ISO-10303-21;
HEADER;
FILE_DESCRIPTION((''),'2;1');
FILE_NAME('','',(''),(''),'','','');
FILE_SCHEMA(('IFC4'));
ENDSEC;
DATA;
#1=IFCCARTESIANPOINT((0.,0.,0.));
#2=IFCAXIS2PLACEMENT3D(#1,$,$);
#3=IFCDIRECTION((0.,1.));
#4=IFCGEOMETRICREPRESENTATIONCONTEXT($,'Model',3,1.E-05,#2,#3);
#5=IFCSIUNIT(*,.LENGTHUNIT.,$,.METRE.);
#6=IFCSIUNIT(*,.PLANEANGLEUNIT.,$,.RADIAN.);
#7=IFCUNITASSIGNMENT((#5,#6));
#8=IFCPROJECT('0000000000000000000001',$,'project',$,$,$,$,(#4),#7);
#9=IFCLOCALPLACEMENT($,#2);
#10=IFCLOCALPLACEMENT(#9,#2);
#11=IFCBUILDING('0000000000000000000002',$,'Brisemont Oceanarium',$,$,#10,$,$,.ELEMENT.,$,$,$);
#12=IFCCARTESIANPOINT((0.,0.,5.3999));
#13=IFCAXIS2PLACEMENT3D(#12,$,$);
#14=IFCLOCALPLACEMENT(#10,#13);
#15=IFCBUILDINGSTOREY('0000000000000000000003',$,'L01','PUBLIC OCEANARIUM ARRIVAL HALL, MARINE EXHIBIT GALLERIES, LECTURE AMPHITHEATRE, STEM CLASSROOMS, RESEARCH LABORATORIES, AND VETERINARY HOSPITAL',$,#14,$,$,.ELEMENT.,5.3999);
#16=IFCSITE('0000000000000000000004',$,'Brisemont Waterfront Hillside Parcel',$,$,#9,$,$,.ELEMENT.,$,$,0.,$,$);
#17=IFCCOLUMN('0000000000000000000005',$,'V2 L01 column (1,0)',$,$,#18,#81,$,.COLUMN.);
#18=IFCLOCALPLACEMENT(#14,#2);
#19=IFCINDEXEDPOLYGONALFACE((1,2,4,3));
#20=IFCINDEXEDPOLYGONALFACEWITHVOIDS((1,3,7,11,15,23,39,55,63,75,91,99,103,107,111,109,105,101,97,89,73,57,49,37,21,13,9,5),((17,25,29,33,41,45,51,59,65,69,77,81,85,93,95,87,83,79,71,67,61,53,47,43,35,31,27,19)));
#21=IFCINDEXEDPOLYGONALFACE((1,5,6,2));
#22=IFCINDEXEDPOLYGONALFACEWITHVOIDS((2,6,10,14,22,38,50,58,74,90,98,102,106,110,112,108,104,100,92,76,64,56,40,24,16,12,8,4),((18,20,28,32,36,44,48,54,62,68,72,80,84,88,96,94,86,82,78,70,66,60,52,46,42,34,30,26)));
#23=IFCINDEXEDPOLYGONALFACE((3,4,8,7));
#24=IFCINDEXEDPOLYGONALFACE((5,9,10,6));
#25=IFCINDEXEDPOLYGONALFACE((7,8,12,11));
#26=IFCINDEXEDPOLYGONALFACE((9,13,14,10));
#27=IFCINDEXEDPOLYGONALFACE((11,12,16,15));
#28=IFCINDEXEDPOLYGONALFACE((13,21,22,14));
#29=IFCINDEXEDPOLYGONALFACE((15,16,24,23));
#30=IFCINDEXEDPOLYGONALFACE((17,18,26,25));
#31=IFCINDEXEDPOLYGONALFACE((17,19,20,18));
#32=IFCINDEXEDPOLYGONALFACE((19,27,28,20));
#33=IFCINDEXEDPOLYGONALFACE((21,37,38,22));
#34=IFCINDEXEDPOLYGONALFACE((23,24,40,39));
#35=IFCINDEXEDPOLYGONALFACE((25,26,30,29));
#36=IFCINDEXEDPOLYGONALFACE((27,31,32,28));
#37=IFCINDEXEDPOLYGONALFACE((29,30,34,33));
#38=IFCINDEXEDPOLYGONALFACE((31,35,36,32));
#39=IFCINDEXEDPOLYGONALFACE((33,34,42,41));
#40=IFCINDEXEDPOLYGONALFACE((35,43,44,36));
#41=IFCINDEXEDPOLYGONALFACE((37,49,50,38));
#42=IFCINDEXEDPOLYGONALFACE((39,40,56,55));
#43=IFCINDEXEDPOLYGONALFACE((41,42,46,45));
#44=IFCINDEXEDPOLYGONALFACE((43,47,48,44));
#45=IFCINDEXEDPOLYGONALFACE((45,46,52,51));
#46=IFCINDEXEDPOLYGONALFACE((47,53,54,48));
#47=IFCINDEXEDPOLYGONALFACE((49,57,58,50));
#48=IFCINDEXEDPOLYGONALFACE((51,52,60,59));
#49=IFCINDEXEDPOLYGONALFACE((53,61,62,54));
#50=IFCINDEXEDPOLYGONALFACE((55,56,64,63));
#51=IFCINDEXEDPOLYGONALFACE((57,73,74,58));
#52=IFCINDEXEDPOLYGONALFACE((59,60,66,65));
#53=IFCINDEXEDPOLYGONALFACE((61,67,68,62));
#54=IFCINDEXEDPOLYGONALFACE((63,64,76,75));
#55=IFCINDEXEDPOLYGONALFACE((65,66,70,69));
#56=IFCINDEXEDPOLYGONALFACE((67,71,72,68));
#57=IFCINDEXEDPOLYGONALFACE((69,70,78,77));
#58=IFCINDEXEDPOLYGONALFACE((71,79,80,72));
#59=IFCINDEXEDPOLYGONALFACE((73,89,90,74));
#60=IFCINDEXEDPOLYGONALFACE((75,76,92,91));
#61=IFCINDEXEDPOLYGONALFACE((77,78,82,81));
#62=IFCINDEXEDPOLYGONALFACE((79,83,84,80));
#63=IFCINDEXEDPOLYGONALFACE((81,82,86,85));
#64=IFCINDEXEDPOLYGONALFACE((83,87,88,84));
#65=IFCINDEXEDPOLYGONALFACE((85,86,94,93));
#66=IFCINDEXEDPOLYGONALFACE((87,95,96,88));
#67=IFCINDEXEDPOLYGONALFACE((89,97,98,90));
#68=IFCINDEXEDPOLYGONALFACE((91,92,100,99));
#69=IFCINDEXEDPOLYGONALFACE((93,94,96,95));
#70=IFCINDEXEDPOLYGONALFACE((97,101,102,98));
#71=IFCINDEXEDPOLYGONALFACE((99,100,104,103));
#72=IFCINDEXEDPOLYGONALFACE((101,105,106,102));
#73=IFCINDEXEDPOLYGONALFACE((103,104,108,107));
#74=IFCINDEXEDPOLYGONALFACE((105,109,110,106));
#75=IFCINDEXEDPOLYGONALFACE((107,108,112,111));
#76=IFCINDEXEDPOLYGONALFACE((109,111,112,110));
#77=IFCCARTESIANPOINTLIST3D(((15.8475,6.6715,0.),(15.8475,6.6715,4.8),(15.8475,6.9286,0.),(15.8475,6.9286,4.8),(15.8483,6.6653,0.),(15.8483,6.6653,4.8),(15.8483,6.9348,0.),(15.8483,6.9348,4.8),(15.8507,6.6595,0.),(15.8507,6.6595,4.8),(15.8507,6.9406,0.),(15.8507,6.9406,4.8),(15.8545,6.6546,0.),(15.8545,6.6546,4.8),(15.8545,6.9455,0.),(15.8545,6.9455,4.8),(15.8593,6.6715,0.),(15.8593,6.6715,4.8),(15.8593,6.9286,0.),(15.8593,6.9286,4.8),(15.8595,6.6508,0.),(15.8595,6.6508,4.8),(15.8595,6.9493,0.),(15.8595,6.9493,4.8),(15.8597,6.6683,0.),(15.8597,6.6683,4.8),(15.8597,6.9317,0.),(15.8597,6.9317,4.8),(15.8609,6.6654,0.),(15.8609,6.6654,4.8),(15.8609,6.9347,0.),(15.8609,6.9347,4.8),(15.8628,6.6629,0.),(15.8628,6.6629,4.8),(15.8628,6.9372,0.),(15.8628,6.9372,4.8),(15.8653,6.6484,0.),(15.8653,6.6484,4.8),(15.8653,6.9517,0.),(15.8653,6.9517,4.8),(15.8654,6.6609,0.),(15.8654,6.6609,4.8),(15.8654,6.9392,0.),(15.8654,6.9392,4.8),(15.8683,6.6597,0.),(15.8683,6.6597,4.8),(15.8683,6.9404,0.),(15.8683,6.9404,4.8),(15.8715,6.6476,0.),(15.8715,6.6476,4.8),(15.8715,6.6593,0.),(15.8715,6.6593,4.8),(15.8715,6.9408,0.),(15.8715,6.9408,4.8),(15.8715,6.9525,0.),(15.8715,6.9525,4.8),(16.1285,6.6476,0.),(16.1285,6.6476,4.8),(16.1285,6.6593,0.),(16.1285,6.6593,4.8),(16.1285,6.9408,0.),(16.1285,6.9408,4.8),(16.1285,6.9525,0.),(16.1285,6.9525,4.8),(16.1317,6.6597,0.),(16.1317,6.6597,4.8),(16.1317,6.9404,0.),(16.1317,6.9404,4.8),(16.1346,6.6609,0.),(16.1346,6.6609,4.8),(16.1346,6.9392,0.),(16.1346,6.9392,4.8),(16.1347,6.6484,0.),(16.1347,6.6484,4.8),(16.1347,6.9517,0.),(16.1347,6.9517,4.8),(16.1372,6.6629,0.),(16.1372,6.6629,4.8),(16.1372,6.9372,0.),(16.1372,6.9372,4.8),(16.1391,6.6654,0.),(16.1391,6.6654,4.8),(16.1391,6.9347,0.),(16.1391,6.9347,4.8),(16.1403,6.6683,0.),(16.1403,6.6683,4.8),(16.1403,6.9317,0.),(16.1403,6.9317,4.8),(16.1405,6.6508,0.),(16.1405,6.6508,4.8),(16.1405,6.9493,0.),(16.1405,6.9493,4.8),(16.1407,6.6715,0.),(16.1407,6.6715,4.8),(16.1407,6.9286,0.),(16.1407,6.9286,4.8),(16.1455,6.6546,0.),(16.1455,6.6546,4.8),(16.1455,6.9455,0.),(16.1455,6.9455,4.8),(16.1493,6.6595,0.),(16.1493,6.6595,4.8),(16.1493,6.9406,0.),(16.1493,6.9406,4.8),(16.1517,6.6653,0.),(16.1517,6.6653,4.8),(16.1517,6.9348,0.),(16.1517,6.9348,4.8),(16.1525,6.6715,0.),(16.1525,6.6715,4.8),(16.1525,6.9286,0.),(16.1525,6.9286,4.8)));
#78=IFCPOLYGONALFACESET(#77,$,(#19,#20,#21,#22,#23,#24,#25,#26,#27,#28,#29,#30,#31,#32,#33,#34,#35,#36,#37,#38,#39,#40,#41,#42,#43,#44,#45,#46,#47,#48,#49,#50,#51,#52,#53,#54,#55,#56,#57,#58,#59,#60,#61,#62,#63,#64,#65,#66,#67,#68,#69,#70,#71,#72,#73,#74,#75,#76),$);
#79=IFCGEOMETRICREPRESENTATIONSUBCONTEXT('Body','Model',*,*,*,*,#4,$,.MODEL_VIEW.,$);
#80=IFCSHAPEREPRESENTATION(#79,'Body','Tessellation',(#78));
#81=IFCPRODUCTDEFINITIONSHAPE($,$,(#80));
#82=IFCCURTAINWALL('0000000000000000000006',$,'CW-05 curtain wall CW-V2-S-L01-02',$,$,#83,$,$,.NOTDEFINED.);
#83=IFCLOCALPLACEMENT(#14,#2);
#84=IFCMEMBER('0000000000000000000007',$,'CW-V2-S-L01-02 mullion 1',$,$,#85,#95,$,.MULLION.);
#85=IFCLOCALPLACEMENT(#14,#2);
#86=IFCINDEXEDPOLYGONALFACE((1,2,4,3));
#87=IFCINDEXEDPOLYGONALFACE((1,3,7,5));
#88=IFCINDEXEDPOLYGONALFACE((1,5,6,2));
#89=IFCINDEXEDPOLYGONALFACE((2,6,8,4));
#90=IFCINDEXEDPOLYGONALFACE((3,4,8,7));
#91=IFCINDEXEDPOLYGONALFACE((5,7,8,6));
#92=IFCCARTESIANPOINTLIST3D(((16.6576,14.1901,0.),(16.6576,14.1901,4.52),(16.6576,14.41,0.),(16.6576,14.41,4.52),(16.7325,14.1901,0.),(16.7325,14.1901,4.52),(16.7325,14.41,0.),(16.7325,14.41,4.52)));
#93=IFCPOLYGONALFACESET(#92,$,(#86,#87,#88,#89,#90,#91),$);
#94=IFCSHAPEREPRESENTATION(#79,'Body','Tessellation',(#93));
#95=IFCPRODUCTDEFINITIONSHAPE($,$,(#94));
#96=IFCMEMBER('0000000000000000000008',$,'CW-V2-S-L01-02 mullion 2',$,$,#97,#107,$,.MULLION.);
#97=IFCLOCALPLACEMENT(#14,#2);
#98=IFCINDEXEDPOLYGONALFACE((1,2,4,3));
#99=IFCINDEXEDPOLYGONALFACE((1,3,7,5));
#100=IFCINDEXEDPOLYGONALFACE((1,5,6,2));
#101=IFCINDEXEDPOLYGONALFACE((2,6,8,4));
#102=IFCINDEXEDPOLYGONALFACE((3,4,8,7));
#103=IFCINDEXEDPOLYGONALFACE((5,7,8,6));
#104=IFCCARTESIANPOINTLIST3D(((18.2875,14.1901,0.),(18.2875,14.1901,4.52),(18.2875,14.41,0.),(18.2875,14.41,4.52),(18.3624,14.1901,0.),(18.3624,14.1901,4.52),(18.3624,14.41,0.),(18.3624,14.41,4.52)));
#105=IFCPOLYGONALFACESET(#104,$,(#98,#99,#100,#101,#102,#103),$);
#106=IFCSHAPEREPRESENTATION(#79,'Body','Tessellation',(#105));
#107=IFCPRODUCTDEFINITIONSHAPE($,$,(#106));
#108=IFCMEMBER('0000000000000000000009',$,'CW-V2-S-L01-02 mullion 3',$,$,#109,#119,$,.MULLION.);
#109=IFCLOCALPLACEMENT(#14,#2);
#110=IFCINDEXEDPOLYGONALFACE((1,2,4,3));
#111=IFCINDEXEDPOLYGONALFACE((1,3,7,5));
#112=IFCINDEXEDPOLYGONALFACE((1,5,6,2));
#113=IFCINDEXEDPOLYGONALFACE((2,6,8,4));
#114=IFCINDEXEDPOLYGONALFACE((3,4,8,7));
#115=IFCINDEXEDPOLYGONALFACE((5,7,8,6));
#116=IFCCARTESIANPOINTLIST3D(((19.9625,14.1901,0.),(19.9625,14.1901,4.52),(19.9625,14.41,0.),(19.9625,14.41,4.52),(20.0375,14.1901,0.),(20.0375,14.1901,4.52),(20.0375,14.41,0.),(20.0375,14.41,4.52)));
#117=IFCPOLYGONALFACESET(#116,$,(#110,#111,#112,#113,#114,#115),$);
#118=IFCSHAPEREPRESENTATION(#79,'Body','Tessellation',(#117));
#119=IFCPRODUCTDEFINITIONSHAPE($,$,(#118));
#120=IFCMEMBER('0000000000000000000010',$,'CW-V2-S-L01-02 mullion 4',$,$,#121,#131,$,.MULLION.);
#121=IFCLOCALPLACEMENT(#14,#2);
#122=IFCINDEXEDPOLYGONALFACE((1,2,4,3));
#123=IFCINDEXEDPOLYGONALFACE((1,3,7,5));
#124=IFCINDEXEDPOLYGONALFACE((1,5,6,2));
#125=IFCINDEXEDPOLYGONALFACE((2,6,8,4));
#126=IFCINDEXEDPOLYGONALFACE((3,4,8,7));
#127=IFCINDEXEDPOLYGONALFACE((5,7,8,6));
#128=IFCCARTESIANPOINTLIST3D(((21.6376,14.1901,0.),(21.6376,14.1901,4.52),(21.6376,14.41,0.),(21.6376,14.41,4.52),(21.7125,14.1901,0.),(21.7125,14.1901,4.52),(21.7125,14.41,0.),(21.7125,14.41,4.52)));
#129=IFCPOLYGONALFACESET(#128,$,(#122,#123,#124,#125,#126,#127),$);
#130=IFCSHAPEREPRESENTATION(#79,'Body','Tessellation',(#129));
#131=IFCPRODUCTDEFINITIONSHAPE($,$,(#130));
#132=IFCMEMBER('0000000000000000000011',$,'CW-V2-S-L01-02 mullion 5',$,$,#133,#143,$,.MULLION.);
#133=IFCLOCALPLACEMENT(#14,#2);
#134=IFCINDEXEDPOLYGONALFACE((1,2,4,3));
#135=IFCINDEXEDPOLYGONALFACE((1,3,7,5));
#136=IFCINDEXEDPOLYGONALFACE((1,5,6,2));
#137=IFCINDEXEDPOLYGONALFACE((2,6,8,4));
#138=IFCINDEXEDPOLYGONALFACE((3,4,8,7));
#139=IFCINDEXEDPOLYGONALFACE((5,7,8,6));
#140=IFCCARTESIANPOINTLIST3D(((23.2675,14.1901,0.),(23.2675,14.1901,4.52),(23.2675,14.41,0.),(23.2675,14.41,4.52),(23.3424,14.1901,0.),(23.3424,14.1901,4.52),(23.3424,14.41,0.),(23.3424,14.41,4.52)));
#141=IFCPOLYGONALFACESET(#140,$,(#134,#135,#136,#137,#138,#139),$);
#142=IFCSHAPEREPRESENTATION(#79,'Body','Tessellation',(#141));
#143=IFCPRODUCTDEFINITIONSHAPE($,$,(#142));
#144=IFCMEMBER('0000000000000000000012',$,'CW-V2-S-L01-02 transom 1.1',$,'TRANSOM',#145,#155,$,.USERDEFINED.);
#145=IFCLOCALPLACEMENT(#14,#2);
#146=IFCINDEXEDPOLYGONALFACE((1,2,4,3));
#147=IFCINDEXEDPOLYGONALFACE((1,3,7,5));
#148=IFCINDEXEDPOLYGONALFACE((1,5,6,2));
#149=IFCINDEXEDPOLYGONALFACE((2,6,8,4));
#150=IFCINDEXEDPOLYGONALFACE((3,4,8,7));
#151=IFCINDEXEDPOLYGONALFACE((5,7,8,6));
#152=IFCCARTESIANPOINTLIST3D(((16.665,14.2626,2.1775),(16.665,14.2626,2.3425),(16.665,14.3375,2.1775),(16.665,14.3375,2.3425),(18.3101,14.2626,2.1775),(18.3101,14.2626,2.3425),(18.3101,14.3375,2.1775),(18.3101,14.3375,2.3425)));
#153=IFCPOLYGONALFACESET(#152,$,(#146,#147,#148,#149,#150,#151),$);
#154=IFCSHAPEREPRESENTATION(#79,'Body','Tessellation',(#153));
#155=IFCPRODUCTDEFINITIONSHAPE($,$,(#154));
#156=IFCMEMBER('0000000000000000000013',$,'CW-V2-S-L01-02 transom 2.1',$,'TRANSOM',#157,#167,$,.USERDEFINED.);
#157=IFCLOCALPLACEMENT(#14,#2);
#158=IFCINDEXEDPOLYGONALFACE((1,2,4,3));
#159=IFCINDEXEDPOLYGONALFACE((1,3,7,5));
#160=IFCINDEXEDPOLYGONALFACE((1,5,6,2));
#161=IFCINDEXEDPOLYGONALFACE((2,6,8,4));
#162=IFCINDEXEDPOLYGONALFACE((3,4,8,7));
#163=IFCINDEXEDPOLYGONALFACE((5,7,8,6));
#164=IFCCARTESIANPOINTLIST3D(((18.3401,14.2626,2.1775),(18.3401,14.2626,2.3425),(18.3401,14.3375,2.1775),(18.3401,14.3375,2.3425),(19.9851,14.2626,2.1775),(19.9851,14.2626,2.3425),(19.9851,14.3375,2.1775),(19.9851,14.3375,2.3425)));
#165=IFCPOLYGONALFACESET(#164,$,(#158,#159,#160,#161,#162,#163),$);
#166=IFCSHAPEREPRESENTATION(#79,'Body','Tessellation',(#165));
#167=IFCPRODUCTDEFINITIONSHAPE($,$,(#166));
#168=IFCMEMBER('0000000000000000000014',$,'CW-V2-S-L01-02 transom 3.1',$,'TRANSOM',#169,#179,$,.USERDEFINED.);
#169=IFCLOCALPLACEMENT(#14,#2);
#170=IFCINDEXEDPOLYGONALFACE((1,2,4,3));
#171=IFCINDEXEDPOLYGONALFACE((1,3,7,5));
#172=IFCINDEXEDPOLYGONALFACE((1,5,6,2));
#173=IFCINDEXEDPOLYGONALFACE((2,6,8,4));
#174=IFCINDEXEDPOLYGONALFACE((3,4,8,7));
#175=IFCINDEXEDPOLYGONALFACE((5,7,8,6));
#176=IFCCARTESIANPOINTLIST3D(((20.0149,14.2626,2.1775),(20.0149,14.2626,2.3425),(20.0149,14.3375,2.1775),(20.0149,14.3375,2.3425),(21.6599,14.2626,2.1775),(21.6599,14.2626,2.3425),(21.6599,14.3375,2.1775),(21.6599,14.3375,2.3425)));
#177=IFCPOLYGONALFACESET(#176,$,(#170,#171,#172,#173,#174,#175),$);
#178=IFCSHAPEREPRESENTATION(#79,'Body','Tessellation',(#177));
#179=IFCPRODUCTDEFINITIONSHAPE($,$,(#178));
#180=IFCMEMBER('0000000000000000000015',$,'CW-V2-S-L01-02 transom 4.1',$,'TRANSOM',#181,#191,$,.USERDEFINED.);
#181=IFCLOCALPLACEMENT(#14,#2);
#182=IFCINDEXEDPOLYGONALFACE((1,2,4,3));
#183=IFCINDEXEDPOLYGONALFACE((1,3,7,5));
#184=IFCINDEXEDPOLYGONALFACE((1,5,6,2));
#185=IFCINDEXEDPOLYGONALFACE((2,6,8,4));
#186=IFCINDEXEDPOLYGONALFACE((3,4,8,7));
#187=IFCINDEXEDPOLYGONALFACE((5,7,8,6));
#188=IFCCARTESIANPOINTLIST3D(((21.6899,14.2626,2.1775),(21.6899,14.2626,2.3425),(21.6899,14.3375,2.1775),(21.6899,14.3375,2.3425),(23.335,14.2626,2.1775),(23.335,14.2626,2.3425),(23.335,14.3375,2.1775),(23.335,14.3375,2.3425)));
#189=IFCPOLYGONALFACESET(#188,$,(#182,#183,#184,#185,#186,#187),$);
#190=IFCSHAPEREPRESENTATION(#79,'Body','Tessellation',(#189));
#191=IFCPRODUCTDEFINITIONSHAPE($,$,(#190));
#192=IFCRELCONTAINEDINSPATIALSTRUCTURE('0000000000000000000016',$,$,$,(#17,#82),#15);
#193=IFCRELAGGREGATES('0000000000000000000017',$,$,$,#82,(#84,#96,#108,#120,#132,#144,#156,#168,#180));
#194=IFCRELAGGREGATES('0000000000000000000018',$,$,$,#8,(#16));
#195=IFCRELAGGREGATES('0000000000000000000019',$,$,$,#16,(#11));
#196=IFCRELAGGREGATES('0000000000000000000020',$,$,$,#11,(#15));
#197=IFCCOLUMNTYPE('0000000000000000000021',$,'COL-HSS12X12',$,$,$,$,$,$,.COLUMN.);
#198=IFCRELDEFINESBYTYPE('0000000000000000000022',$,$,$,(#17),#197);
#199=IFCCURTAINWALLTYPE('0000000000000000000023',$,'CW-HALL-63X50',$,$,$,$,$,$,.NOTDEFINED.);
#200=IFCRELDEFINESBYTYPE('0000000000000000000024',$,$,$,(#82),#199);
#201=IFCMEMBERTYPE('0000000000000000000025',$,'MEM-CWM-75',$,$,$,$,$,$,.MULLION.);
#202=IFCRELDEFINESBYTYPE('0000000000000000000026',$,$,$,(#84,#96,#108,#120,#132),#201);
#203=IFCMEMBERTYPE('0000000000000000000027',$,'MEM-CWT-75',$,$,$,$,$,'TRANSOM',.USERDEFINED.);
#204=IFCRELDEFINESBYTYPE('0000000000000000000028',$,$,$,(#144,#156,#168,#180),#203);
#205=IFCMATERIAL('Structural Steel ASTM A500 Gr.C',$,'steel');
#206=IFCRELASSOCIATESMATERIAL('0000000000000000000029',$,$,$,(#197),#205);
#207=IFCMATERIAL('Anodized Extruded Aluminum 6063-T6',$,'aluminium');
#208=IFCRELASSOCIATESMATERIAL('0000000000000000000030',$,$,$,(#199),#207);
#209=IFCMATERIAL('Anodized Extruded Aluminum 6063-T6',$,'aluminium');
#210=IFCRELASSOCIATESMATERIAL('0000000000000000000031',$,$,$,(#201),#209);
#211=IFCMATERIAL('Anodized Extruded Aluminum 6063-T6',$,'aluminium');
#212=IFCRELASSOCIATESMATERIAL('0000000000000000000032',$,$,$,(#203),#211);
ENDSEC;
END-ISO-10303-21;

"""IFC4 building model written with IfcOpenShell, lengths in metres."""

from ifc_helpers import new_model, si_unit, direction, frame, origin, origin_2d, place, context, subcontext, project, spatial, rectangle, hollow_rectangle, extrude, material, material_profile, profile_set, type_object, element, aggregate, save


model = new_model("IFC4")

# Units and contexts
model_context = context("Model", 3, precision=1e-05, world=origin(), true_north=direction((0.0, 1.0)))
body_context = subcontext(model_context, "Body", "Model", "MODEL_VIEW")
ifc_project = project(units=[si_unit("LENGTHUNIT", "METRE"), si_unit("PLANEANGLEUNIT", "RADIAN")], contexts=[model_context])

# Site, building, storey
site_placement = place(None, origin())
site = spatial("IfcSite", under=ifc_project, at=site_placement, Name="Brisemont Waterfront Hillside Parcel", CompositionType="ELEMENT", RefElevation=0.0)
building_placement = place(site_placement, origin())
building = spatial("IfcBuilding", under=site, at=building_placement, Name="Brisemont Oceanarium", CompositionType="ELEMENT")
storey_placement = place(building_placement, frame((0.0, 0.0, 5.3999)))
storey = spatial("IfcBuildingStorey", under=building, at=storey_placement, Name="L01", Description="PUBLIC OCEANARIUM ARRIVAL HALL, MARINE EXHIBIT GALLERIES, LECTURE AMPHITHEATRE, STEM CLASSROOMS, RESEARCH LABORATORIES, AND VETERINARY HOSPITAL", CompositionType="ELEMENT", Elevation=5.3999)

# Column
ifc_material_1 = material(Name="Structural Steel ASTM A500 Gr.C", Category="steel")
ifc_material_profile_1 = material_profile(ifc_material_1, hollow_rectangle(XDim=0.3049, YDim=0.3049, WallThickness=0.0117, InnerFilletRadius=0.0122, OuterFilletRadius=0.0239, at=origin_2d()), Name="HSS12X12X1/2")
ifc_profile_set_1 = profile_set([ifc_material_profile_1], Name="Structural Steel ASTM A500 Gr.C")
column_type = type_object("IfcColumnType", Name="COL-HSS12X12", PredefinedType="COLUMN", material=ifc_profile_set_1)
column_placement = place(storey_placement, frame((16.0, 6.8, 0.0), z_axis=(0.0, 0.0, 1.0), x_axis=(0.0, 1.0, 0.0)))
element("IfcColumn", 1, at=column_placement, inside=storey, type_object=column_type, Name="V2 L01 column (1,0)", PredefinedType="COLUMN", context=body_context, shape_type="SweptSolid", body=[
    extrude(hollow_rectangle(XDim=0.3049, YDim=0.3049, WallThickness=0.0117, InnerFilletRadius=0.0122, OuterFilletRadius=0.0239, at=origin_2d()), origin(), (0.0, 0.0, 1.0), 4.8),
])

# Curtain wall, members
ifc_material_2 = material(Name="Anodized Extruded Aluminum 6063-T6", Category="aluminium")
curtain_wall_type = type_object("IfcCurtainWallType", Name="CW-HALL-63X50", PredefinedType="NOTDEFINED", material=ifc_material_2)
curtain_wall_placement = place(storey_placement, origin())
curtain_wall = element("IfcCurtainWall", 2, at=curtain_wall_placement, inside=storey, type_object=curtain_wall_type, Name="CW-05 curtain wall CW-V2-S-L01-02", PredefinedType="NOTDEFINED")
ifc_material_3 = material(Name="Anodized Extruded Aluminum 6063-T6", Category="aluminium")
ifc_material_profile_2 = material_profile(ifc_material_3, rectangle(XDim=0.075, YDim=0.22, at=origin_2d()), Name="CWM-75X220")
ifc_profile_set_2 = profile_set([ifc_material_profile_2], Name="Anodized Extruded Aluminum 6063-T6")
member_type_1 = type_object("IfcMemberType", Name="MEM-CWM-75", PredefinedType="MULLION", material=ifc_profile_set_2)
member_1_placement = place(storey_placement, frame((16.6951, 14.3, 0.0), z_axis=(0.0, 0.0, 1.0), x_axis=(1.0, 0.0, 0.0)))
member_1 = element("IfcMember", 3, at=member_1_placement, type_object=member_type_1, Name="CW-V2-S-L01-02 mullion 1", PredefinedType="MULLION", context=body_context, shape_type="SweptSolid", body=[
    extrude(rectangle(XDim=0.075, YDim=0.22, at=origin_2d()), origin(), (0.0, 0.0, 1.0), 4.52),
])
member_2_placement = place(storey_placement, frame((18.325, 14.3, 0.0), z_axis=(0.0, 0.0, 1.0), x_axis=(1.0, 0.0, 0.0)))
member_2 = element("IfcMember", 4, at=member_2_placement, type_object=member_type_1, Name="CW-V2-S-L01-02 mullion 2", PredefinedType="MULLION", context=body_context, shape_type="SweptSolid", body=[
    extrude(rectangle(XDim=0.075, YDim=0.22, at=origin_2d()), origin(), (0.0, 0.0, 1.0), 4.52),
])
member_3_placement = place(storey_placement, frame((20.0, 14.3, 0.0), z_axis=(0.0, 0.0, 1.0), x_axis=(1.0, 0.0, 0.0)))
member_3 = element("IfcMember", 5, at=member_3_placement, type_object=member_type_1, Name="CW-V2-S-L01-02 mullion 3", PredefinedType="MULLION", context=body_context, shape_type="SweptSolid", body=[
    extrude(rectangle(XDim=0.075, YDim=0.22, at=origin_2d()), origin(), (0.0, 0.0, 1.0), 4.52),
])
member_4_placement = place(storey_placement, frame((21.675, 14.3, 0.0), z_axis=(0.0, 0.0, 1.0), x_axis=(1.0, 0.0, 0.0)))
member_4 = element("IfcMember", 6, at=member_4_placement, type_object=member_type_1, Name="CW-V2-S-L01-02 mullion 4", PredefinedType="MULLION", context=body_context, shape_type="SweptSolid", body=[
    extrude(rectangle(XDim=0.075, YDim=0.22, at=origin_2d()), origin(), (0.0, 0.0, 1.0), 4.52),
])
member_5_placement = place(storey_placement, frame((23.3049, 14.3, 0.0), z_axis=(0.0, 0.0, 1.0), x_axis=(1.0, 0.0, 0.0)))
member_5 = element("IfcMember", 7, at=member_5_placement, type_object=member_type_1, Name="CW-V2-S-L01-02 mullion 5", PredefinedType="MULLION", context=body_context, shape_type="SweptSolid", body=[
    extrude(rectangle(XDim=0.075, YDim=0.22, at=origin_2d()), origin(), (0.0, 0.0, 1.0), 4.52),
])
ifc_material_4 = material(Name="Anodized Extruded Aluminum 6063-T6", Category="aluminium")
ifc_material_profile_3 = material_profile(ifc_material_4, rectangle(XDim=0.075, YDim=0.165, at=origin_2d()), Name="CWT-75X165")
ifc_profile_set_3 = profile_set([ifc_material_profile_3], Name="Anodized Extruded Aluminum 6063-T6")
member_type_2 = type_object("IfcMemberType", Name="MEM-CWT-75", ElementType="TRANSOM", PredefinedType="USERDEFINED", material=ifc_profile_set_3)
member_6_placement = place(storey_placement, frame((16.665, 14.3, 2.26), z_axis=(1.0, 0.0, 0.0), x_axis=(0.0, 1.0, 0.0)))
member_6 = element("IfcMember", 8, at=member_6_placement, type_object=member_type_2, Name="CW-V2-S-L01-02 transom 1.1", ObjectType="TRANSOM", PredefinedType="USERDEFINED", context=body_context, shape_type="SweptSolid", body=[
    extrude(rectangle(XDim=0.075, YDim=0.165, at=origin_2d()), origin(), (0.0, 0.0, 1.0), 1.645),
])
member_7_placement = place(storey_placement, frame((18.3401, 14.3, 2.26), z_axis=(1.0, 0.0, 0.0), x_axis=(0.0, 1.0, 0.0)))
member_7 = element("IfcMember", 9, at=member_7_placement, type_object=member_type_2, Name="CW-V2-S-L01-02 transom 2.1", ObjectType="TRANSOM", PredefinedType="USERDEFINED", context=body_context, shape_type="SweptSolid", body=[
    extrude(rectangle(XDim=0.075, YDim=0.165, at=origin_2d()), origin(), (0.0, 0.0, 1.0), 1.645),
])
member_8_placement = place(storey_placement, frame((20.0149, 14.3, 2.26), z_axis=(1.0, 0.0, 0.0), x_axis=(0.0, 1.0, 0.0)))
member_8 = element("IfcMember", 10, at=member_8_placement, type_object=member_type_2, Name="CW-V2-S-L01-02 transom 3.1", ObjectType="TRANSOM", PredefinedType="USERDEFINED", context=body_context, shape_type="SweptSolid", body=[
    extrude(rectangle(XDim=0.075, YDim=0.165, at=origin_2d()), origin(), (0.0, 0.0, 1.0), 1.645),
])
member_9_placement = place(storey_placement, frame((21.6899, 14.3, 2.26), z_axis=(1.0, 0.0, 0.0), x_axis=(0.0, 1.0, 0.0)))
member_9 = element("IfcMember", 11, at=member_9_placement, type_object=member_type_2, Name="CW-V2-S-L01-02 transom 4.1", ObjectType="TRANSOM", PredefinedType="USERDEFINED", context=body_context, shape_type="SweptSolid", body=[
    extrude(rectangle(XDim=0.075, YDim=0.165, at=origin_2d()), origin(), (0.0, 0.0, 1.0), 1.645),
])

aggregate(curtain_wall, [member_1, member_2, member_3, member_4, member_5, member_6, member_7, member_8, member_9])

save(model, "model.ifc")
